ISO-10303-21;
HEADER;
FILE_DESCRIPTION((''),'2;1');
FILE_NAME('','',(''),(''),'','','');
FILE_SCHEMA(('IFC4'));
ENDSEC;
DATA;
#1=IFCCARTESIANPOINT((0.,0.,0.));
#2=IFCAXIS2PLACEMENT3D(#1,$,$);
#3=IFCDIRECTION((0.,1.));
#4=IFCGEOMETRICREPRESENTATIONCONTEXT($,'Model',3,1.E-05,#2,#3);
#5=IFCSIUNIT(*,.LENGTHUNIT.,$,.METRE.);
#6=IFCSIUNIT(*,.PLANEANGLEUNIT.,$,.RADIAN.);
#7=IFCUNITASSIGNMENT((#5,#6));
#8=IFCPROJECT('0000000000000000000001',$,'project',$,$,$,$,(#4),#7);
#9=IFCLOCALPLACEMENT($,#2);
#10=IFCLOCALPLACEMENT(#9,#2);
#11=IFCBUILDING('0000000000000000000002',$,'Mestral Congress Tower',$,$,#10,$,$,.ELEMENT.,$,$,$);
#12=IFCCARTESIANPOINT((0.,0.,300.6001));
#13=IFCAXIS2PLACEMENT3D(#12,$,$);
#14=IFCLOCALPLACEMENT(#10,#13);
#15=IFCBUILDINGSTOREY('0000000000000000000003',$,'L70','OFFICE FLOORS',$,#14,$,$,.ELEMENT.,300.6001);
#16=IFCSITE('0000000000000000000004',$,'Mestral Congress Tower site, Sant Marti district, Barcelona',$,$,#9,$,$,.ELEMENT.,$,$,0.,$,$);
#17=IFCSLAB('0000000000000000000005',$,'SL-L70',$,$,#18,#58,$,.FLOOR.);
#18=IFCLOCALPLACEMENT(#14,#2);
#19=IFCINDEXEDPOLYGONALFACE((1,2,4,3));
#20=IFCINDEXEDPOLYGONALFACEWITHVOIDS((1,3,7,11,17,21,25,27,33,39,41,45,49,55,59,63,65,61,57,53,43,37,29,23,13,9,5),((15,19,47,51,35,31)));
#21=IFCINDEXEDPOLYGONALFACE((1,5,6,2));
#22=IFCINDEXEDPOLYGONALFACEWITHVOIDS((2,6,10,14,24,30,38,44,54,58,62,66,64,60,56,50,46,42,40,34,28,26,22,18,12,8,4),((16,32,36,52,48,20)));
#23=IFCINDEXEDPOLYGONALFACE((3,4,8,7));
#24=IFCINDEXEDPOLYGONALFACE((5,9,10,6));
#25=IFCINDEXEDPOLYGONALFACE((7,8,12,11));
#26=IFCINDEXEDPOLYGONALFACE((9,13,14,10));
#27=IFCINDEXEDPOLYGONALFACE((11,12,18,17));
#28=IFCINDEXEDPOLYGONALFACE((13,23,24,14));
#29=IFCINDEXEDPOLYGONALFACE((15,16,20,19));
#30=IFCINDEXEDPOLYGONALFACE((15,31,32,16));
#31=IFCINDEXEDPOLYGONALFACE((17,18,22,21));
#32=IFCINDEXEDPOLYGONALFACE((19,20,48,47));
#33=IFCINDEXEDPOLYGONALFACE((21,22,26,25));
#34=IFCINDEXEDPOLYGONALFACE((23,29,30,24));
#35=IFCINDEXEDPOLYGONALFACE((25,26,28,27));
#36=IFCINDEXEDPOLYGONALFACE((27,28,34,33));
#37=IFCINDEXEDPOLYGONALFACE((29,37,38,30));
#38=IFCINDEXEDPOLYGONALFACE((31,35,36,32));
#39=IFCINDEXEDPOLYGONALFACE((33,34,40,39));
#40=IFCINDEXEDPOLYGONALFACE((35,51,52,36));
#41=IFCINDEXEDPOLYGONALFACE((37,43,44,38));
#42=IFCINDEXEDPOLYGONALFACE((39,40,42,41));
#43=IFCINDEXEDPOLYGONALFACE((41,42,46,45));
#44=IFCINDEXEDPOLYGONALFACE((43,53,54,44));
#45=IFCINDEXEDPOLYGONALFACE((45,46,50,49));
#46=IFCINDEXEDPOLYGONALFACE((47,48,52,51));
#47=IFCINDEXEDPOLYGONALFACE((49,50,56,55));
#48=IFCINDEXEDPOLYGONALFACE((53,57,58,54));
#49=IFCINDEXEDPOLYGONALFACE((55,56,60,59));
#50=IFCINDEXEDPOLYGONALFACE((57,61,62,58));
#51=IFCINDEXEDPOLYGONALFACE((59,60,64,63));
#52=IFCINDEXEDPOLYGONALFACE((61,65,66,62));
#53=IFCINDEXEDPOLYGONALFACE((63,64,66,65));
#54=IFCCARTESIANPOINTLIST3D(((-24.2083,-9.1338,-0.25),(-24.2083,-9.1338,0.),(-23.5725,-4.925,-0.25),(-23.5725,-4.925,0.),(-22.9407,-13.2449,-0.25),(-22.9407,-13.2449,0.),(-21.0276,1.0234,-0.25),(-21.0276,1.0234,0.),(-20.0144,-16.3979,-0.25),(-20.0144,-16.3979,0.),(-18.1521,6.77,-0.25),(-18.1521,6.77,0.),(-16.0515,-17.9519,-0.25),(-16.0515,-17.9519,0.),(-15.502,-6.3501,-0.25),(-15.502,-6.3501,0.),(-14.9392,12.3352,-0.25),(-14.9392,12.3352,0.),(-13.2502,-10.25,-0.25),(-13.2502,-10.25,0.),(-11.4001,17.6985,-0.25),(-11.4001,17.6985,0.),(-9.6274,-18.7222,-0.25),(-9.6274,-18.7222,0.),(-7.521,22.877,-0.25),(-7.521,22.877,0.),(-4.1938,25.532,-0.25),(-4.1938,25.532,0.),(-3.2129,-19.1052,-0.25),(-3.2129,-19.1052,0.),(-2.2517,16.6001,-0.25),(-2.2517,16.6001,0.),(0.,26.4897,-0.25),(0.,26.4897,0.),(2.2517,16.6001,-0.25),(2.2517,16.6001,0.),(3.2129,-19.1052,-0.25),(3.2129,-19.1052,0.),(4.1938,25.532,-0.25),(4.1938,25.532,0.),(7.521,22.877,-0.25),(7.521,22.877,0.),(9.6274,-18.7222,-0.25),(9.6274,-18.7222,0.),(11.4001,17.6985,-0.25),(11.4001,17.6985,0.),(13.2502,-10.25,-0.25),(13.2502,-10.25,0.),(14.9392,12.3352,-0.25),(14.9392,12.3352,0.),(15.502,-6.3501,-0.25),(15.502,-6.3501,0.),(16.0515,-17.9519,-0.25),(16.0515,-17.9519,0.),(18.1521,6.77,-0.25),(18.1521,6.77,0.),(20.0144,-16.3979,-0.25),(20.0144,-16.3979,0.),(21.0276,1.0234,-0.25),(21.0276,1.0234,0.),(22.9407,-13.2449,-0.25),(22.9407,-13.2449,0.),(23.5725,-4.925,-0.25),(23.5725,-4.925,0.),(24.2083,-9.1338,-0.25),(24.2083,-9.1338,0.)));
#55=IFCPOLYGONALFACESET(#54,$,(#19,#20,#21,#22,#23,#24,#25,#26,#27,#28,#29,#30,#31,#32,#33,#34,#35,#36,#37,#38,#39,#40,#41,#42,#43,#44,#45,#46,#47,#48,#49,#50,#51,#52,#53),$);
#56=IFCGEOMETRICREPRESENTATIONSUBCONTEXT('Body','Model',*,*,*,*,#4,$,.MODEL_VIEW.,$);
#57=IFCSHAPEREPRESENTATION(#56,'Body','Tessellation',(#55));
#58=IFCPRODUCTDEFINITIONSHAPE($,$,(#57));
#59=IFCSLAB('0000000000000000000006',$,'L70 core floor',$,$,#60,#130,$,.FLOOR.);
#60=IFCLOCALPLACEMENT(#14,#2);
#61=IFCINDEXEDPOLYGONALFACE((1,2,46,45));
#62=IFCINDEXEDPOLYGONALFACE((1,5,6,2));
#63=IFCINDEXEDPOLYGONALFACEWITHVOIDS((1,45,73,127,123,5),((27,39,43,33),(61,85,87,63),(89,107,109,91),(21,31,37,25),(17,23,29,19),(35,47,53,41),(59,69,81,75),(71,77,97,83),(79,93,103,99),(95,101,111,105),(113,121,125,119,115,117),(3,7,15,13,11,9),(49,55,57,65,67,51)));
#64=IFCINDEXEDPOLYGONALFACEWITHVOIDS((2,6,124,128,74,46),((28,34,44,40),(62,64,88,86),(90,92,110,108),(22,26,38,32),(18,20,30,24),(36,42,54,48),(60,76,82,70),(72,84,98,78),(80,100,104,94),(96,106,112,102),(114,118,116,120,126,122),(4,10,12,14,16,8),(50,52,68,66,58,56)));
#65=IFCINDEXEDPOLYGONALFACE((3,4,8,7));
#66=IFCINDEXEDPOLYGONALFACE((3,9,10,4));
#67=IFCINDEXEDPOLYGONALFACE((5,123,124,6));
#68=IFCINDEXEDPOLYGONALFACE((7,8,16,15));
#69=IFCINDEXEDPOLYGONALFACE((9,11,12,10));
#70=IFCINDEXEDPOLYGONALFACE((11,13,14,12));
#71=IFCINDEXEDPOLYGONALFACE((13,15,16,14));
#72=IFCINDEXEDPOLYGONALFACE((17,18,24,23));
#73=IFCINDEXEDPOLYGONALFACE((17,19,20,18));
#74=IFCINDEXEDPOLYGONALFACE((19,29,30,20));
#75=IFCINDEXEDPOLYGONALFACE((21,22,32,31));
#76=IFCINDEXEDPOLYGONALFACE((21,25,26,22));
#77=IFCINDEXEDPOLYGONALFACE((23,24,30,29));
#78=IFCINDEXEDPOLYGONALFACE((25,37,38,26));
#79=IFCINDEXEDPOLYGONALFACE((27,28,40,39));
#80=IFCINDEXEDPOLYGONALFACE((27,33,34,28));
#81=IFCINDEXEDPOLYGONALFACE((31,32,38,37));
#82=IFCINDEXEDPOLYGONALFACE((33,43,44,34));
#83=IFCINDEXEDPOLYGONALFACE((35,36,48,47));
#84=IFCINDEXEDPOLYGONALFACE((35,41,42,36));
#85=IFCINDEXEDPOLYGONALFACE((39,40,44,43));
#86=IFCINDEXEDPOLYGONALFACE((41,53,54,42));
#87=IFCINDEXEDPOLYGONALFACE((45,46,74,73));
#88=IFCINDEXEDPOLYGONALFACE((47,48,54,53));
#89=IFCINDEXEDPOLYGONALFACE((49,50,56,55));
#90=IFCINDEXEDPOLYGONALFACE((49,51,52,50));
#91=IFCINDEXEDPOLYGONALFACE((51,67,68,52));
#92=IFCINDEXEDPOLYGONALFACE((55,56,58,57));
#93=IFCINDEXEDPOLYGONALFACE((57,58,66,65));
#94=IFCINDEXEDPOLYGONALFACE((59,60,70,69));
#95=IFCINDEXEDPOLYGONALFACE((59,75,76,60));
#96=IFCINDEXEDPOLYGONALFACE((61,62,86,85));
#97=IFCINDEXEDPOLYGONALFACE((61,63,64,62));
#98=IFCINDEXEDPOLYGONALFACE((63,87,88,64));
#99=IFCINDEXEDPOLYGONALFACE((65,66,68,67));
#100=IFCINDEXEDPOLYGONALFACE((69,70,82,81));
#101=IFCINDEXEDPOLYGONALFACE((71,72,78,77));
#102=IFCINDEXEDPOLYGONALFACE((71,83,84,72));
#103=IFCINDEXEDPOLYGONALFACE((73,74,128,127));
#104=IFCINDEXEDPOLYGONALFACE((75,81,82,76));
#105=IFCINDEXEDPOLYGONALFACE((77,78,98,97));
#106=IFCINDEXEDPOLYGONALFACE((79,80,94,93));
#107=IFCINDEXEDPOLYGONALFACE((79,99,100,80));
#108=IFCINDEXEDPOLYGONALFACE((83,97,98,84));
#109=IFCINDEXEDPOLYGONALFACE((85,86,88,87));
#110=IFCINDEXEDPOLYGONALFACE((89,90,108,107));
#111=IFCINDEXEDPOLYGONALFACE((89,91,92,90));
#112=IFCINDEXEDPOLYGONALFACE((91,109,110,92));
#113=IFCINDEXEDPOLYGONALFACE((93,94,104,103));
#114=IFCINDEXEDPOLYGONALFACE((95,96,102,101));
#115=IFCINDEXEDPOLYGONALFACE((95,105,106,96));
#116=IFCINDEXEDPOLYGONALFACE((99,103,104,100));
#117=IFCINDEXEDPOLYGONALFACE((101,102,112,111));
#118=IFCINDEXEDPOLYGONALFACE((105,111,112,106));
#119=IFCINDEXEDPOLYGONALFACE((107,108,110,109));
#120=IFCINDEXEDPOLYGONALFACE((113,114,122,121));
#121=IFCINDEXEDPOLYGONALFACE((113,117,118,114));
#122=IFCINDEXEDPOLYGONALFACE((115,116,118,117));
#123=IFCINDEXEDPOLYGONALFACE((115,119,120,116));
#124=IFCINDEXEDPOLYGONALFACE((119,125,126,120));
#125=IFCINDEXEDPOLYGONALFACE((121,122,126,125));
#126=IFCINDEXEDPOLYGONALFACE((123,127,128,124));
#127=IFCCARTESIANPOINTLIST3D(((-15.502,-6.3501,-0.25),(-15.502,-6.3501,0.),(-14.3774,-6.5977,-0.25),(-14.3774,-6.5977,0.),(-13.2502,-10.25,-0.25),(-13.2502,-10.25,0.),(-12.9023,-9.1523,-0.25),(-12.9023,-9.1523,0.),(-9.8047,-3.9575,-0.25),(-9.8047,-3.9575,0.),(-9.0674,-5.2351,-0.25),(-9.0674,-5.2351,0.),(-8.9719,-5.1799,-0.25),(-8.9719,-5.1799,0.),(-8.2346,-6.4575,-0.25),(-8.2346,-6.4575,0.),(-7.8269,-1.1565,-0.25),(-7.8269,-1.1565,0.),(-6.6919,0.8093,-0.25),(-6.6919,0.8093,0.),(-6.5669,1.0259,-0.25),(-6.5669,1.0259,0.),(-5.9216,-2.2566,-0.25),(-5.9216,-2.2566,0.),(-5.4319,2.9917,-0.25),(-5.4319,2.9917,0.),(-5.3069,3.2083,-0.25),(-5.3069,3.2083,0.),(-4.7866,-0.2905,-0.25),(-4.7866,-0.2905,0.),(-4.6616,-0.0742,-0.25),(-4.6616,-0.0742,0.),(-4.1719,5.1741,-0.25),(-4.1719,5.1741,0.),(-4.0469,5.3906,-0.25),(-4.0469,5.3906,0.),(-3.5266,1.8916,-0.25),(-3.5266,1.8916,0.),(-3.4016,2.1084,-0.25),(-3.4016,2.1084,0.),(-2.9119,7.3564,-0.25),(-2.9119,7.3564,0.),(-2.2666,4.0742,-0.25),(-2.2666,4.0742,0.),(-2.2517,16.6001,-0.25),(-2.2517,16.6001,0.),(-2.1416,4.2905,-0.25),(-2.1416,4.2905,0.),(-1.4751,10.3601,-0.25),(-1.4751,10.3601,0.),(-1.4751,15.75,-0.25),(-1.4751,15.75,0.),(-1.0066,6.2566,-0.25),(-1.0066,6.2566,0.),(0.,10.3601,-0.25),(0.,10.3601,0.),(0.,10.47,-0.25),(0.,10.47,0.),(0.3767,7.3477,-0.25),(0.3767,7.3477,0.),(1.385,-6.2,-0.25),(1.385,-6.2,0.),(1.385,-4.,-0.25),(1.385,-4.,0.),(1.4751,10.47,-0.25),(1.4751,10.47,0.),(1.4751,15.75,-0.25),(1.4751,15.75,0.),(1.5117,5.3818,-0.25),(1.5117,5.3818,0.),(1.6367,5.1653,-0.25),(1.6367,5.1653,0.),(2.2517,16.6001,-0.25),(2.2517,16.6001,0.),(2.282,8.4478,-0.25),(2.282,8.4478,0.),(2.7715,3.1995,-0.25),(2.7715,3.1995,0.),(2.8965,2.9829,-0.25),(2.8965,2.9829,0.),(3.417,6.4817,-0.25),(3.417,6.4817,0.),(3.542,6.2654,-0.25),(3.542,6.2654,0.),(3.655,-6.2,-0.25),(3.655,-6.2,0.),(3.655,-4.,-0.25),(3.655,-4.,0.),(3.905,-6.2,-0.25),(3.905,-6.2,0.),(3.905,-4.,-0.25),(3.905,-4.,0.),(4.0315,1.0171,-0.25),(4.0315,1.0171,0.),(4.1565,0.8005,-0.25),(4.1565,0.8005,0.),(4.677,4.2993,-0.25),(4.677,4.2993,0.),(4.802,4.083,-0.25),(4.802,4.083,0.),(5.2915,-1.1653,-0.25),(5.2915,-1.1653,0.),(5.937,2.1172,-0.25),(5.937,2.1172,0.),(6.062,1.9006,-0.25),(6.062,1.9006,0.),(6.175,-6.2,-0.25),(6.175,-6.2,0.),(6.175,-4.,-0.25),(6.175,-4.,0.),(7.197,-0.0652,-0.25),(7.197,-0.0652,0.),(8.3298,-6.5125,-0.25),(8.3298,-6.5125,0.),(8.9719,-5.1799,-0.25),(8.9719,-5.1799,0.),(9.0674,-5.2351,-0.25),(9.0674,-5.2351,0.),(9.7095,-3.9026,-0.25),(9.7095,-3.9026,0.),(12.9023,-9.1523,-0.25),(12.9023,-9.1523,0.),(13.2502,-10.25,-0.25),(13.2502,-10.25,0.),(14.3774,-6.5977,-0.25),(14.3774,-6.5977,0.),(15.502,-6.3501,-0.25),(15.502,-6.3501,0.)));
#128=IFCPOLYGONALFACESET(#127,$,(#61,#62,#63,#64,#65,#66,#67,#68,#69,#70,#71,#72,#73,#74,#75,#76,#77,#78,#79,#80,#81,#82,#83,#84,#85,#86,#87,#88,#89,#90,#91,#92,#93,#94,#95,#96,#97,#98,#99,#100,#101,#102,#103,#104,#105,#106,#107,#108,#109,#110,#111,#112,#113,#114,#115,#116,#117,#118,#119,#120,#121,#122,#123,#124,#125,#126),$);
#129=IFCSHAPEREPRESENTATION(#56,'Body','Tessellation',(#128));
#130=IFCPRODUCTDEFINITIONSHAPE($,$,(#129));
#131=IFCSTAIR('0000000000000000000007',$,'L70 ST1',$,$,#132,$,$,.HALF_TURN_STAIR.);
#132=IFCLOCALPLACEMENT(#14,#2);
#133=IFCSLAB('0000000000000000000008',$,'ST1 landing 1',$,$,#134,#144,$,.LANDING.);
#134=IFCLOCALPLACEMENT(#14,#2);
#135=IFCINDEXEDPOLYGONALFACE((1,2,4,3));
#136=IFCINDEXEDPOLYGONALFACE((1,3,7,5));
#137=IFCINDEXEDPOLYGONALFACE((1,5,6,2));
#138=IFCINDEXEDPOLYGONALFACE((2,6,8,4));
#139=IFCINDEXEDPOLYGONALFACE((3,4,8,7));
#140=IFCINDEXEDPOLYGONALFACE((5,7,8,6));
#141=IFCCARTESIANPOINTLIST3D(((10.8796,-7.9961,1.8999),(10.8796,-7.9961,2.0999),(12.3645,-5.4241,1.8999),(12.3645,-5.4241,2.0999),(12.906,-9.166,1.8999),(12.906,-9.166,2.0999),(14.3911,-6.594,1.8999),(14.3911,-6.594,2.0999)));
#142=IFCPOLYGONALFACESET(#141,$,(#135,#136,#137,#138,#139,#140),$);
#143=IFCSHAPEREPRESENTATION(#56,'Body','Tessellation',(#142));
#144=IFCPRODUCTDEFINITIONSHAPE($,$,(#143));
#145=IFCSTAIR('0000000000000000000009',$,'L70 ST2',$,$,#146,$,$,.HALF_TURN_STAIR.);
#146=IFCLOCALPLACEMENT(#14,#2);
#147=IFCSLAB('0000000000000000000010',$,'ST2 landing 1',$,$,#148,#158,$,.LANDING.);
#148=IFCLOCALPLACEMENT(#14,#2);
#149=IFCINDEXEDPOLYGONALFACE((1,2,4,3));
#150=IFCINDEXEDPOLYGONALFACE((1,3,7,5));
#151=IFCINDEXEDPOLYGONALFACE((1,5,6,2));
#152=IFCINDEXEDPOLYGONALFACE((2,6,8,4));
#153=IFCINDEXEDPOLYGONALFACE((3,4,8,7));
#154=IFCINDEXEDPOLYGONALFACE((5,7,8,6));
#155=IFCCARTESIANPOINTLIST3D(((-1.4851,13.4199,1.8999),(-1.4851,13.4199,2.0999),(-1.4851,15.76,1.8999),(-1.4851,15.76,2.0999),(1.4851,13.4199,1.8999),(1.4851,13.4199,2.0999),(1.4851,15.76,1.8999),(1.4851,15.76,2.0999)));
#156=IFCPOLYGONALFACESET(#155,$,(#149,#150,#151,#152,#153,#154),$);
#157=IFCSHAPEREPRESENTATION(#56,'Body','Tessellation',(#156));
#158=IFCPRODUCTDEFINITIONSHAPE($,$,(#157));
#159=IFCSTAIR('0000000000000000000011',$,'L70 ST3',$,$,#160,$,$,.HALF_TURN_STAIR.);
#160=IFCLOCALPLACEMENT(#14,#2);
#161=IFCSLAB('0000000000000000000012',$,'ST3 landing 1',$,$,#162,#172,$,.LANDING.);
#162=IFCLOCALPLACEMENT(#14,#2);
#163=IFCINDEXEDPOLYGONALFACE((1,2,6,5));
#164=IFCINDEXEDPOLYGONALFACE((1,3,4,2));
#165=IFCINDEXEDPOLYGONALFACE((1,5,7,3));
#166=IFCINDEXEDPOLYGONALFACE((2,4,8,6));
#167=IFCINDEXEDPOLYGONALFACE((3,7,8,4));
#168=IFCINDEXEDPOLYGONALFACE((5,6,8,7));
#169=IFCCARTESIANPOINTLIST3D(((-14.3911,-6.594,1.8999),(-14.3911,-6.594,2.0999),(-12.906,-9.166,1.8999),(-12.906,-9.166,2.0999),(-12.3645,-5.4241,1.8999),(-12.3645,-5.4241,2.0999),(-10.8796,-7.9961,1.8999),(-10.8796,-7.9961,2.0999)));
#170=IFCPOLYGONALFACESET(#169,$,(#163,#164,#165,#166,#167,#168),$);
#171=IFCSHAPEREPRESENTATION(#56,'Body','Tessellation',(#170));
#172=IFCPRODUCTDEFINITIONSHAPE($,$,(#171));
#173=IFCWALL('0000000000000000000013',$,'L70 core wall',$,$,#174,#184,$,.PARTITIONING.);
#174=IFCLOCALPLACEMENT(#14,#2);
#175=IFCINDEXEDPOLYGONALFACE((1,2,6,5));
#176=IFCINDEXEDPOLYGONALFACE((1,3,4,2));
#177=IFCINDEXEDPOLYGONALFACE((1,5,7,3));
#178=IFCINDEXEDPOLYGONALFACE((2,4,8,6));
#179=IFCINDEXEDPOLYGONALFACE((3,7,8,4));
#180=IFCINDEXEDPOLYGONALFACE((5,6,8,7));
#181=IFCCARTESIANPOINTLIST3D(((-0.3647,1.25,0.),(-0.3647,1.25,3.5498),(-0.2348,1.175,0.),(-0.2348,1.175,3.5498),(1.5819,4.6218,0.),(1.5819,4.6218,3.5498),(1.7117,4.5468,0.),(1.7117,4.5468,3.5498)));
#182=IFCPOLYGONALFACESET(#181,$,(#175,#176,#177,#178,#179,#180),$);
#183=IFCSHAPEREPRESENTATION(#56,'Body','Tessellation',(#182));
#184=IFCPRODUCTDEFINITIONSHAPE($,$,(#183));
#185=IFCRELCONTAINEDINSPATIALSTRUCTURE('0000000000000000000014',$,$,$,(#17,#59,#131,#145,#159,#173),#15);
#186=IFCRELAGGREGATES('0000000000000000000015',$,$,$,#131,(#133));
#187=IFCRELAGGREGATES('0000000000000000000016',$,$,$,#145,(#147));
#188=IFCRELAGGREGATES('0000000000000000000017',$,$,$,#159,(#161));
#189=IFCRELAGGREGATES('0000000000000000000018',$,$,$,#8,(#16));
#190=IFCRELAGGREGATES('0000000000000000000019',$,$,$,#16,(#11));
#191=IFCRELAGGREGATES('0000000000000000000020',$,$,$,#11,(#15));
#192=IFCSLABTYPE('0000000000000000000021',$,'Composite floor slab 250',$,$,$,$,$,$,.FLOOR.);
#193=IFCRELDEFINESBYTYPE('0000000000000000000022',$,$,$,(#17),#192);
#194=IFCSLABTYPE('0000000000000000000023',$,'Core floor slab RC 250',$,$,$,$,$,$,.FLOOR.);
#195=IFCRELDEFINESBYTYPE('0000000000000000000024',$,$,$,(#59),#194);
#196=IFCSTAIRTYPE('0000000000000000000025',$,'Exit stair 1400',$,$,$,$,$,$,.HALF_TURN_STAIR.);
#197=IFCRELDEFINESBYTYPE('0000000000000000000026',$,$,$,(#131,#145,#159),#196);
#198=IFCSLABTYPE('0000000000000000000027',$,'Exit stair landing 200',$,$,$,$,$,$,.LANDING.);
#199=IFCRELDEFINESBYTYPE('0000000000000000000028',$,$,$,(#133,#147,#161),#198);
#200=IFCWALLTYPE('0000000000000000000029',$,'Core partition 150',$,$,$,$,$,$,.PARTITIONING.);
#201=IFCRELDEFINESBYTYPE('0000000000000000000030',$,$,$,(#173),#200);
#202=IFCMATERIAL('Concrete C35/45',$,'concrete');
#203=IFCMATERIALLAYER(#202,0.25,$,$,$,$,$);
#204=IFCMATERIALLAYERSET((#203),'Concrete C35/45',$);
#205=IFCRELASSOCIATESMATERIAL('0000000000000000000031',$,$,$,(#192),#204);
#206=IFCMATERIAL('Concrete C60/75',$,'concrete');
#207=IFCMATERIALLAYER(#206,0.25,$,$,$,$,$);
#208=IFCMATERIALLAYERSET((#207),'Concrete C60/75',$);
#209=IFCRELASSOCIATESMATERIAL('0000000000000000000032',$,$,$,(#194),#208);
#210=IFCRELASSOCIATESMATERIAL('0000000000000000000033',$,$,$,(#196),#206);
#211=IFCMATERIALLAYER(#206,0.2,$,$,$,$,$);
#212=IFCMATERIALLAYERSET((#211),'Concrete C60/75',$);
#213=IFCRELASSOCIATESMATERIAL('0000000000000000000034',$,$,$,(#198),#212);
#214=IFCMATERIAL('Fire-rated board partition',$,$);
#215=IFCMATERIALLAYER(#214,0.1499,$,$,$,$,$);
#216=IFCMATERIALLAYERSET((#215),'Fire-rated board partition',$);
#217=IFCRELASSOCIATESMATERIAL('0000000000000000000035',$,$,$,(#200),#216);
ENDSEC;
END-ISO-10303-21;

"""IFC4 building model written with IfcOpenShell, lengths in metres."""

from ifc_helpers import new_model, si_unit, direction, frame, frame_2d, origin, place, context, subcontext, project, spatial, polyline, rectangle, outline, extrude, material, layer, layer_set, type_object, element, aggregate, save


model = new_model("IFC4")

# Units and contexts
model_context = context("Model", 3, precision=1e-05, world=origin(), true_north=direction((0.0, 1.0)))
body_context = subcontext(model_context, "Body", "Model", "MODEL_VIEW")
ifc_project = project(units=[si_unit("LENGTHUNIT", "METRE"), si_unit("PLANEANGLEUNIT", "RADIAN")], contexts=[model_context])

# Site, building, storey
site_placement = place(None, origin())
site = spatial("IfcSite", under=ifc_project, at=site_placement, Name="Mestral Congress Tower site, Sant Marti district, Barcelona", CompositionType="ELEMENT", RefElevation=0.0)
building_placement = place(site_placement, origin())
building = spatial("IfcBuilding", under=site, at=building_placement, Name="Mestral Congress Tower", CompositionType="ELEMENT")
storey_placement = place(building_placement, frame((0.0, 0.0, 300.6001)))
storey = spatial("IfcBuildingStorey", under=building, at=storey_placement, Name="L70", Description="OFFICE FLOORS", CompositionType="ELEMENT", Elevation=300.6001)

# Slabs
ifc_material_1 = material(Name="Concrete C35/45", Category="concrete")
ifc_layer_1 = layer(ifc_material_1, 0.25)
ifc_layer_set_1 = layer_set([ifc_layer_1], Name="Concrete C35/45")
slab_type_1 = type_object("IfcSlabType", Name="Composite floor slab 250", PredefinedType="FLOOR", material=ifc_layer_set_1)
placement_1 = place(storey_placement, frame((0.0, 0.0, -0.25)))
element("IfcSlab", 1, at=placement_1, inside=storey, type_object=slab_type_1, Name="SL-L70", PredefinedType="FLOOR", context=body_context, shape_type="SweptSolid", body=[
    extrude(outline(polyline([(-16.0515, -17.9519), (-20.0144, -16.3979), (-22.9407, -13.2449), (-24.2083, -9.1338), (-23.5725, -4.925), (-21.0276, 1.0234), (-18.1521, 6.77), (-14.9392, 12.3352), (-11.4001, 17.6985), (-7.521, 22.877), (-4.1938, 25.532), (0.0, 26.4897), (4.1938, 25.532), (7.521, 22.877), (11.4001, 17.6985), (14.9392, 12.3352), (18.1521, 6.77), (21.0276, 1.0234), (23.5725, -4.925), (24.2083, -9.1338), (22.9407, -13.2449), (20.0144, -16.3979), (16.0515, -17.9519), (9.6274, -18.7222), (3.2129, -19.1052), (-3.2129, -19.1052), (-9.6274, -18.7222), (-16.0515, -17.9519)]), holes=[polyline([(-2.2517, 16.6001), (-15.502, -6.3501), (-13.2502, -10.25), (13.2502, -10.25), (15.502, -6.3501), (2.2517, 16.6001), (-2.2517, 16.6001)])]), origin(), (0.0, 0.0, 1.0), 0.25),
])
ifc_material_2 = material(Name="Concrete C60/75", Category="concrete")
ifc_layer_2 = layer(ifc_material_2, 0.25)
ifc_layer_set_2 = layer_set([ifc_layer_2], Name="Concrete C60/75")
slab_type_2 = type_object("IfcSlabType", Name="Core floor slab RC 250", PredefinedType="FLOOR", material=ifc_layer_set_2)
element("IfcSlab", 2, at=placement_1, inside=storey, type_object=slab_type_2, Name="L70 core floor", PredefinedType="FLOOR", context=body_context, shape_type="SweptSolid", body=[
    extrude(outline(polyline([(13.2502, -10.25), (-13.2502, -10.25), (-15.502, -6.3501), (-2.2517, 16.6001), (2.2517, 16.6001), (15.502, -6.3501), (13.2502, -10.25)]), holes=[polyline([(-14.3774, -6.5977), (-12.9023, -9.1523), (-8.2346, -6.4575), (-8.9719, -5.1799), (-9.0674, -5.2351), (-9.8047, -3.9575), (-14.3774, -6.5977)]), polyline([(-5.9216, -2.2566), (-4.7866, -0.2905), (-6.6919, 0.8093), (-7.8269, -1.1565), (-5.9216, -2.2566)]), polyline([(-4.6616, -0.0742), (-3.5266, 1.8916), (-5.4319, 2.9917), (-6.5669, 1.0259), (-4.6616, -0.0742)]), polyline([(-2.2666, 4.0742), (-4.1719, 5.1741), (-5.3069, 3.2083), (-3.4016, 2.1084), (-2.2666, 4.0742)]), polyline([(-2.1416, 4.2905), (-1.0066, 6.2566), (-2.9119, 7.3564), (-4.0469, 5.3906), (-2.1416, 4.2905)]), polyline([(0.3767, 7.3477), (1.5117, 5.3818), (3.417, 6.4817), (2.282, 8.4478), (0.3767, 7.3477)]), polyline([(1.4751, 15.75), (-1.4751, 15.75), (-1.4751, 10.3601), (0.0, 10.3601), (0.0, 10.47), (1.4751, 10.47), (1.4751, 15.75)]), polyline([(8.3298, -6.5125), (12.9023, -9.1523), (14.3774, -6.5977), (9.7095, -3.9026), (8.9719, -5.1799), (9.0674, -5.2351), (8.3298, -6.5125)]), polyline([(3.655, -4.0), (1.385, -4.0), (1.385, -6.2), (3.655, -6.2), (3.655, -4.0)]), polyline([(6.175, -4.0), (3.905, -4.0), (3.905, -6.2), (6.175, -6.2), (6.175, -4.0)]), polyline([(4.1565, 0.8005), (5.2915, -1.1653), (7.197, -0.0652), (6.062, 1.9006), (4.1565, 0.8005)]), polyline([(2.8965, 2.9829), (4.0315, 1.0171), (5.937, 2.1172), (4.802, 4.083), (2.8965, 2.9829)]), polyline([(1.6367, 5.1653), (2.7715, 3.1995), (4.677, 4.2993), (3.542, 6.2654), (1.6367, 5.1653)])]), origin(), (0.0, 0.0, 1.0), 0.25),
])

# Stairs, slabs
stair_type = type_object("IfcStairType", Name="Exit stair 1400", PredefinedType="HALF_TURN_STAIR", material=ifc_material_2)
placement_2 = place(storey_placement, origin())
stair_1 = element("IfcStair", 3, at=placement_2, inside=storey, type_object=stair_type, Name="L70 ST1", PredefinedType="HALF_TURN_STAIR")
ifc_layer_3 = layer(ifc_material_2, 0.2)
ifc_layer_set_3 = layer_set([ifc_layer_3], Name="Concrete C60/75")
slab_type_3 = type_object("IfcSlabType", Name="Exit stair landing 200", PredefinedType="LANDING", material=ifc_layer_set_3)
placement_3 = place(storey_placement, frame((0.0, 0.0, 1.8999)))
slab_1 = element("IfcSlab", 4, at=placement_3, type_object=slab_type_3, Name="ST1 landing 1", PredefinedType="LANDING", context=body_context, shape_type="SweptSolid", body=[
    extrude(outline(polyline([(10.8796, -7.9961), (12.3645, -5.4241), (14.3911, -6.594), (12.906, -9.166), (10.8796, -7.9961)])), origin(), (0.0, 0.0, 1.0), 0.2),
])
aggregate(stair_1, [slab_1])
stair_2 = element("IfcStair", 5, at=placement_2, inside=storey, type_object=stair_type, Name="L70 ST2", PredefinedType="HALF_TURN_STAIR")
slab_2 = element("IfcSlab", 6, at=placement_3, type_object=slab_type_3, Name="ST2 landing 1", PredefinedType="LANDING", context=body_context, shape_type="SweptSolid", body=[
    extrude(outline(polyline([(1.4851, 13.4199), (-1.4851, 13.4199), (-1.4851, 15.76), (1.4851, 15.76), (1.4851, 13.4199)])), origin(), (0.0, 0.0, 1.0), 0.2),
])
aggregate(stair_2, [slab_2])
stair_3 = element("IfcStair", 7, at=placement_2, inside=storey, type_object=stair_type, Name="L70 ST3", PredefinedType="HALF_TURN_STAIR")
slab_3 = element("IfcSlab", 8, at=placement_3, type_object=slab_type_3, Name="ST3 landing 1", PredefinedType="LANDING", context=body_context, shape_type="SweptSolid", body=[
    extrude(outline(polyline([(-12.3645, -5.4241), (-10.8796, -7.9961), (-12.906, -9.166), (-14.3911, -6.594), (-12.3645, -5.4241)])), origin(), (0.0, 0.0, 1.0), 0.2),
])
aggregate(stair_3, [slab_3])

# Wall
ifc_material_3 = material(Name="Fire-rated board partition")
ifc_layer_4 = layer(ifc_material_3, 0.1499)
ifc_layer_set_4 = layer_set([ifc_layer_4], Name="Fire-rated board partition")
wall_type_1 = type_object("IfcWallType", Name="Core partition 150", PredefinedType="PARTITIONING", material=ifc_layer_set_4)
wall_1_placement = place(storey_placement, frame((-0.2998, 1.2124, 0.0), z_axis=(0.0, 0.0, 1.0), x_axis=(0.499963, 0.866047, 0.0)))
element("IfcWall", 9, at=wall_1_placement, inside=storey, type_object=wall_type_1, Name="L70 core wall", PredefinedType="PARTITIONING", context=body_context, shape_type="SweptSolid", body=[
    extrude(rectangle(XDim=3.8933, YDim=0.1499, at=frame_2d((1.9468, 0.0))), origin(), (0.0, 0.0, 1.0), 3.5498),
])

save(model, "model.ifc")
